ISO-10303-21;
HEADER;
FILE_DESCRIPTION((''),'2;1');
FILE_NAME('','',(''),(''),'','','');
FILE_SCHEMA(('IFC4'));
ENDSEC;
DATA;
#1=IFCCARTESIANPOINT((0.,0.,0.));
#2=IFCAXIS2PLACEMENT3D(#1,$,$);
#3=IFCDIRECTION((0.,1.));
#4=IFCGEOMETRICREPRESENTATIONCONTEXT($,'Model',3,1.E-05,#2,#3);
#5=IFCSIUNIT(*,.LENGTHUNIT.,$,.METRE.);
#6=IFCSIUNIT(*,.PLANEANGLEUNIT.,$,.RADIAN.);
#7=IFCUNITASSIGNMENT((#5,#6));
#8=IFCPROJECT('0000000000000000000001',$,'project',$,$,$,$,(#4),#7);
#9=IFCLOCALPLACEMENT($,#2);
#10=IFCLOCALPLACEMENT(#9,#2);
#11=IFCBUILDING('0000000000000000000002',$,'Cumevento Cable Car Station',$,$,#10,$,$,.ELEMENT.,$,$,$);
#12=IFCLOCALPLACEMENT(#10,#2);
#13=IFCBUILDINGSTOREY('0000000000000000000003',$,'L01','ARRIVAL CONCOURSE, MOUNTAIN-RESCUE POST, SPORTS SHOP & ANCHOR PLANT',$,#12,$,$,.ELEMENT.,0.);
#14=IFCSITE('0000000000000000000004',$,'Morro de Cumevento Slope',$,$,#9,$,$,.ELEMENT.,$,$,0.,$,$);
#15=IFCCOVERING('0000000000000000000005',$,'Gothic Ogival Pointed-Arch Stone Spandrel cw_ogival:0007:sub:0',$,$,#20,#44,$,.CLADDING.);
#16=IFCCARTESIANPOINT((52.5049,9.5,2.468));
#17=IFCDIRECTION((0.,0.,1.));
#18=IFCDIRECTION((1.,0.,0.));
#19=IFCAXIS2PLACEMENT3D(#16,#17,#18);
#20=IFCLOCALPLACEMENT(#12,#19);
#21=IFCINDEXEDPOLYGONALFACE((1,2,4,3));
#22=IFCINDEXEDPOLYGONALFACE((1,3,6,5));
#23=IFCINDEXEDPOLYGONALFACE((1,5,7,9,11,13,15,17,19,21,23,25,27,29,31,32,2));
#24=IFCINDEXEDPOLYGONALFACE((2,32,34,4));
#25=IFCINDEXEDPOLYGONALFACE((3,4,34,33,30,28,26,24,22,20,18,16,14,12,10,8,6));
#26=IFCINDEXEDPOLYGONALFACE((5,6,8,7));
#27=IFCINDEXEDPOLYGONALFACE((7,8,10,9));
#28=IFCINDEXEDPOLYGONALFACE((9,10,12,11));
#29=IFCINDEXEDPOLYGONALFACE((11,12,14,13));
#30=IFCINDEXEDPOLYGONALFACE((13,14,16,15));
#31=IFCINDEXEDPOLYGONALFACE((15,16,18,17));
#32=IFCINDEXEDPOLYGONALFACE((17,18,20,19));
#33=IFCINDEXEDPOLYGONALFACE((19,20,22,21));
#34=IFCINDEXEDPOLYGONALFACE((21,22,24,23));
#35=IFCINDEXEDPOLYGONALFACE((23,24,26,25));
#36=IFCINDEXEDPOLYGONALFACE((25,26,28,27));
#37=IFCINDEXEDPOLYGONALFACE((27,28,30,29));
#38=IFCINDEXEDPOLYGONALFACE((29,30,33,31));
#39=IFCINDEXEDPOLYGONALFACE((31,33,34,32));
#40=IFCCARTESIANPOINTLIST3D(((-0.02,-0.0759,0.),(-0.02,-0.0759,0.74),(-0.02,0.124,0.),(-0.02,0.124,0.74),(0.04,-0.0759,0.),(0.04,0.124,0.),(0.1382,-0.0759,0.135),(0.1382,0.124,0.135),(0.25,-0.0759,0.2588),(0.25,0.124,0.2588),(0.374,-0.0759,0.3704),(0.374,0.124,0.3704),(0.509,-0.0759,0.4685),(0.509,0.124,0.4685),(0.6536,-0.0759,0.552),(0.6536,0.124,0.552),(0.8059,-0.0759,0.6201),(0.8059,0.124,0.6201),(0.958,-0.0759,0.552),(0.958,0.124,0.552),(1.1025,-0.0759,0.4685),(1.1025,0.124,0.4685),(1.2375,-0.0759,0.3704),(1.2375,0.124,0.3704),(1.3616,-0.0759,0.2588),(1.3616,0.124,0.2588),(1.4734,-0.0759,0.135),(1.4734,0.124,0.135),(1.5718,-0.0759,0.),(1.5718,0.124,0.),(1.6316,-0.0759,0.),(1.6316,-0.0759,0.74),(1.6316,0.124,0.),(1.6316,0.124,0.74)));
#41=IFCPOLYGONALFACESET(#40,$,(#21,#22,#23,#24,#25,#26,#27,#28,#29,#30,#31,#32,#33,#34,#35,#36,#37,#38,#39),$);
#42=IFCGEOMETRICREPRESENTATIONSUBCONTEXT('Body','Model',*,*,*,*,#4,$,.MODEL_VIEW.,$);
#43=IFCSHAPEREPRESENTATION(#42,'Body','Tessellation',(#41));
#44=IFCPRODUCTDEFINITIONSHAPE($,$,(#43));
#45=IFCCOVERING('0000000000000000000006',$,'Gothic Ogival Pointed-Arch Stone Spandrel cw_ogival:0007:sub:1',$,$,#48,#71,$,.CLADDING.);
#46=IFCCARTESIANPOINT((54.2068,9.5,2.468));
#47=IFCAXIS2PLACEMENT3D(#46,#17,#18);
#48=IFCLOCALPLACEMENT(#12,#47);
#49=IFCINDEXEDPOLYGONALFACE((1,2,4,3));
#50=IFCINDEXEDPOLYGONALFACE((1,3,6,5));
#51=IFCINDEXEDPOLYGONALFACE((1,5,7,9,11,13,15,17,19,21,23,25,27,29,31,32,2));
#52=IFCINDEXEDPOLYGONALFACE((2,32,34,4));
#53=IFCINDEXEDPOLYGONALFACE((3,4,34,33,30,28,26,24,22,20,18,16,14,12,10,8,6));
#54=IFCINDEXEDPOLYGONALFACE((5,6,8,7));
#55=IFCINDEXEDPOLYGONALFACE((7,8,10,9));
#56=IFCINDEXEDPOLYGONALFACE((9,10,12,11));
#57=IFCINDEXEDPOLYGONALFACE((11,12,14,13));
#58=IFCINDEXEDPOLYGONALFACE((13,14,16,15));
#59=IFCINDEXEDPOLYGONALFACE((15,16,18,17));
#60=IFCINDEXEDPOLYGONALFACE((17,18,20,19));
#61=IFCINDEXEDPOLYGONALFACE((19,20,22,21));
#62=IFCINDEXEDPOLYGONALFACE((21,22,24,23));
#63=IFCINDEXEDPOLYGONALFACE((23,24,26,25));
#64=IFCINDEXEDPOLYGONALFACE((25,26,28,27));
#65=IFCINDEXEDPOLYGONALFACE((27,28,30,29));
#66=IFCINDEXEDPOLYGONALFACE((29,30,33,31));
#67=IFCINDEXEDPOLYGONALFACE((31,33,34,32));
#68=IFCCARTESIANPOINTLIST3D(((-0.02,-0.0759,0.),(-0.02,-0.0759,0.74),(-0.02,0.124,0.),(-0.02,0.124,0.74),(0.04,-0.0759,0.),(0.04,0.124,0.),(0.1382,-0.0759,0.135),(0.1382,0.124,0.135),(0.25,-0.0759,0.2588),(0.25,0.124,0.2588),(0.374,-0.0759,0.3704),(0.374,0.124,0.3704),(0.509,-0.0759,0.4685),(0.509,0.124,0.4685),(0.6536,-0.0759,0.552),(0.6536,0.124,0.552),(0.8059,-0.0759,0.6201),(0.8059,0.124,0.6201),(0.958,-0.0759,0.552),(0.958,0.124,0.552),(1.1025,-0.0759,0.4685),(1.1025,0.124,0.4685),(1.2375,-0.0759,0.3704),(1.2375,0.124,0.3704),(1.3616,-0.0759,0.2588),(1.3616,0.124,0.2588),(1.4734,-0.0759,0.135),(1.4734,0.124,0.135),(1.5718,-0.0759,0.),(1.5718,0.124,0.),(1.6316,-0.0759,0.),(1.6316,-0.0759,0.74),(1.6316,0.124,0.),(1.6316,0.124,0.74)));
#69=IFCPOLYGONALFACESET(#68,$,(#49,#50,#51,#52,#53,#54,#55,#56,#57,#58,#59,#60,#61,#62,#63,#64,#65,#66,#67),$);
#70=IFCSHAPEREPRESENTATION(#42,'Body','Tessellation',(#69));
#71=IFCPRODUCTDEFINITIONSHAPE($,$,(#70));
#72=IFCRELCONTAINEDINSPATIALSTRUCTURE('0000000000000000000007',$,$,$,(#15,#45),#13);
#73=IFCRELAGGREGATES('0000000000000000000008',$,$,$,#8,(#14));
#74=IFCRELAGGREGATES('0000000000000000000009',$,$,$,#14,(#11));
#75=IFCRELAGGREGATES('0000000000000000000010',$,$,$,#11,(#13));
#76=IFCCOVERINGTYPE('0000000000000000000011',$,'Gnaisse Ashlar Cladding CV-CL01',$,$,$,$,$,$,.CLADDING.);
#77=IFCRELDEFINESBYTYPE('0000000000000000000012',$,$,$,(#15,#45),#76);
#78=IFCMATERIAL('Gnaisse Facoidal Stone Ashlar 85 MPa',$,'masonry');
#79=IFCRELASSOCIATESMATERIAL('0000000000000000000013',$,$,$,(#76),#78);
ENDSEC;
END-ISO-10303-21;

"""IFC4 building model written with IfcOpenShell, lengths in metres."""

from ifc_helpers import new_model, si_unit, direction, frame, origin, place, context, subcontext, project, spatial, polyline, outline, extrude, material, type_object, element, save


model = new_model("IFC4")

# Units and contexts
model_context = context("Model", 3, precision=1e-05, world=origin(), true_north=direction((0.0, 1.0)))
body_context = subcontext(model_context, "Body", "Model", "MODEL_VIEW")
ifc_project = project(units=[si_unit("LENGTHUNIT", "METRE"), si_unit("PLANEANGLEUNIT", "RADIAN")], contexts=[model_context])

# Site, building, storey
site_placement = place(None, origin())
site = spatial("IfcSite", under=ifc_project, at=site_placement, Name="Morro de Cumevento Slope", CompositionType="ELEMENT", RefElevation=0.0)
building_placement = place(site_placement, origin())
building = spatial("IfcBuilding", under=site, at=building_placement, Name="Cumevento Cable Car Station", CompositionType="ELEMENT")
storey_placement = place(building_placement, origin())
storey = spatial("IfcBuildingStorey", under=building, at=storey_placement, Name="L01", Description="ARRIVAL CONCOURSE, MOUNTAIN-RESCUE POST, SPORTS SHOP & ANCHOR PLANT", CompositionType="ELEMENT", Elevation=0.0)

# Coverings
ifc_material_1 = material(Name="Gnaisse Facoidal Stone Ashlar 85 MPa", Category="masonry")
covering_type = type_object("IfcCoveringType", Name="Gnaisse Ashlar Cladding CV-CL01", PredefinedType="CLADDING", material=ifc_material_1)
for number, where, z_axis, x_axis, name in (
    (1, (52.5049, 9.5, 2.468), (0.0, 0.0, 1.0), (1.0, 0.0, 0.0), "Gothic Ogival Pointed-Arch Stone Spandrel cw_ogival:0007:sub:0"),
    (2, (54.2068, 9.5, 2.468), (0.0, 0.0, 1.0), (1.0, 0.0, 0.0), "Gothic Ogival Pointed-Arch Stone Spandrel cw_ogival:0007:sub:1"),
):
    element("IfcCovering", number, at=place(storey_placement, frame(where, z_axis=z_axis, x_axis=x_axis)), inside=storey, type_object=covering_type, Name=name, PredefinedType="CLADDING", context=body_context, shape_type="SweptSolid", body=[
        extrude(outline(polyline([(-0.02, 0.0), (-0.02, 0.74), (1.6316, 0.74), (1.6316, 0.0), (1.5718, 0.0), (1.4734, 0.135), (1.3616, 0.2588), (1.2375, 0.3704), (1.1025, 0.4685), (0.958, 0.552), (0.8059, 0.6201), (0.6536, 0.552), (0.509, 0.4685), (0.374, 0.3704), (0.25, 0.2588), (0.1382, 0.135), (0.04, 0.0), (-0.02, 0.0)])), frame((0.0, 0.124, 0.0), z_axis=(0.0, -1.0, 0.0), x_axis=(1.0, 0.0, 0.0)), (0.0, 0.0, 1.0), 0.2),
    ])

save(model, "model.ifc")
